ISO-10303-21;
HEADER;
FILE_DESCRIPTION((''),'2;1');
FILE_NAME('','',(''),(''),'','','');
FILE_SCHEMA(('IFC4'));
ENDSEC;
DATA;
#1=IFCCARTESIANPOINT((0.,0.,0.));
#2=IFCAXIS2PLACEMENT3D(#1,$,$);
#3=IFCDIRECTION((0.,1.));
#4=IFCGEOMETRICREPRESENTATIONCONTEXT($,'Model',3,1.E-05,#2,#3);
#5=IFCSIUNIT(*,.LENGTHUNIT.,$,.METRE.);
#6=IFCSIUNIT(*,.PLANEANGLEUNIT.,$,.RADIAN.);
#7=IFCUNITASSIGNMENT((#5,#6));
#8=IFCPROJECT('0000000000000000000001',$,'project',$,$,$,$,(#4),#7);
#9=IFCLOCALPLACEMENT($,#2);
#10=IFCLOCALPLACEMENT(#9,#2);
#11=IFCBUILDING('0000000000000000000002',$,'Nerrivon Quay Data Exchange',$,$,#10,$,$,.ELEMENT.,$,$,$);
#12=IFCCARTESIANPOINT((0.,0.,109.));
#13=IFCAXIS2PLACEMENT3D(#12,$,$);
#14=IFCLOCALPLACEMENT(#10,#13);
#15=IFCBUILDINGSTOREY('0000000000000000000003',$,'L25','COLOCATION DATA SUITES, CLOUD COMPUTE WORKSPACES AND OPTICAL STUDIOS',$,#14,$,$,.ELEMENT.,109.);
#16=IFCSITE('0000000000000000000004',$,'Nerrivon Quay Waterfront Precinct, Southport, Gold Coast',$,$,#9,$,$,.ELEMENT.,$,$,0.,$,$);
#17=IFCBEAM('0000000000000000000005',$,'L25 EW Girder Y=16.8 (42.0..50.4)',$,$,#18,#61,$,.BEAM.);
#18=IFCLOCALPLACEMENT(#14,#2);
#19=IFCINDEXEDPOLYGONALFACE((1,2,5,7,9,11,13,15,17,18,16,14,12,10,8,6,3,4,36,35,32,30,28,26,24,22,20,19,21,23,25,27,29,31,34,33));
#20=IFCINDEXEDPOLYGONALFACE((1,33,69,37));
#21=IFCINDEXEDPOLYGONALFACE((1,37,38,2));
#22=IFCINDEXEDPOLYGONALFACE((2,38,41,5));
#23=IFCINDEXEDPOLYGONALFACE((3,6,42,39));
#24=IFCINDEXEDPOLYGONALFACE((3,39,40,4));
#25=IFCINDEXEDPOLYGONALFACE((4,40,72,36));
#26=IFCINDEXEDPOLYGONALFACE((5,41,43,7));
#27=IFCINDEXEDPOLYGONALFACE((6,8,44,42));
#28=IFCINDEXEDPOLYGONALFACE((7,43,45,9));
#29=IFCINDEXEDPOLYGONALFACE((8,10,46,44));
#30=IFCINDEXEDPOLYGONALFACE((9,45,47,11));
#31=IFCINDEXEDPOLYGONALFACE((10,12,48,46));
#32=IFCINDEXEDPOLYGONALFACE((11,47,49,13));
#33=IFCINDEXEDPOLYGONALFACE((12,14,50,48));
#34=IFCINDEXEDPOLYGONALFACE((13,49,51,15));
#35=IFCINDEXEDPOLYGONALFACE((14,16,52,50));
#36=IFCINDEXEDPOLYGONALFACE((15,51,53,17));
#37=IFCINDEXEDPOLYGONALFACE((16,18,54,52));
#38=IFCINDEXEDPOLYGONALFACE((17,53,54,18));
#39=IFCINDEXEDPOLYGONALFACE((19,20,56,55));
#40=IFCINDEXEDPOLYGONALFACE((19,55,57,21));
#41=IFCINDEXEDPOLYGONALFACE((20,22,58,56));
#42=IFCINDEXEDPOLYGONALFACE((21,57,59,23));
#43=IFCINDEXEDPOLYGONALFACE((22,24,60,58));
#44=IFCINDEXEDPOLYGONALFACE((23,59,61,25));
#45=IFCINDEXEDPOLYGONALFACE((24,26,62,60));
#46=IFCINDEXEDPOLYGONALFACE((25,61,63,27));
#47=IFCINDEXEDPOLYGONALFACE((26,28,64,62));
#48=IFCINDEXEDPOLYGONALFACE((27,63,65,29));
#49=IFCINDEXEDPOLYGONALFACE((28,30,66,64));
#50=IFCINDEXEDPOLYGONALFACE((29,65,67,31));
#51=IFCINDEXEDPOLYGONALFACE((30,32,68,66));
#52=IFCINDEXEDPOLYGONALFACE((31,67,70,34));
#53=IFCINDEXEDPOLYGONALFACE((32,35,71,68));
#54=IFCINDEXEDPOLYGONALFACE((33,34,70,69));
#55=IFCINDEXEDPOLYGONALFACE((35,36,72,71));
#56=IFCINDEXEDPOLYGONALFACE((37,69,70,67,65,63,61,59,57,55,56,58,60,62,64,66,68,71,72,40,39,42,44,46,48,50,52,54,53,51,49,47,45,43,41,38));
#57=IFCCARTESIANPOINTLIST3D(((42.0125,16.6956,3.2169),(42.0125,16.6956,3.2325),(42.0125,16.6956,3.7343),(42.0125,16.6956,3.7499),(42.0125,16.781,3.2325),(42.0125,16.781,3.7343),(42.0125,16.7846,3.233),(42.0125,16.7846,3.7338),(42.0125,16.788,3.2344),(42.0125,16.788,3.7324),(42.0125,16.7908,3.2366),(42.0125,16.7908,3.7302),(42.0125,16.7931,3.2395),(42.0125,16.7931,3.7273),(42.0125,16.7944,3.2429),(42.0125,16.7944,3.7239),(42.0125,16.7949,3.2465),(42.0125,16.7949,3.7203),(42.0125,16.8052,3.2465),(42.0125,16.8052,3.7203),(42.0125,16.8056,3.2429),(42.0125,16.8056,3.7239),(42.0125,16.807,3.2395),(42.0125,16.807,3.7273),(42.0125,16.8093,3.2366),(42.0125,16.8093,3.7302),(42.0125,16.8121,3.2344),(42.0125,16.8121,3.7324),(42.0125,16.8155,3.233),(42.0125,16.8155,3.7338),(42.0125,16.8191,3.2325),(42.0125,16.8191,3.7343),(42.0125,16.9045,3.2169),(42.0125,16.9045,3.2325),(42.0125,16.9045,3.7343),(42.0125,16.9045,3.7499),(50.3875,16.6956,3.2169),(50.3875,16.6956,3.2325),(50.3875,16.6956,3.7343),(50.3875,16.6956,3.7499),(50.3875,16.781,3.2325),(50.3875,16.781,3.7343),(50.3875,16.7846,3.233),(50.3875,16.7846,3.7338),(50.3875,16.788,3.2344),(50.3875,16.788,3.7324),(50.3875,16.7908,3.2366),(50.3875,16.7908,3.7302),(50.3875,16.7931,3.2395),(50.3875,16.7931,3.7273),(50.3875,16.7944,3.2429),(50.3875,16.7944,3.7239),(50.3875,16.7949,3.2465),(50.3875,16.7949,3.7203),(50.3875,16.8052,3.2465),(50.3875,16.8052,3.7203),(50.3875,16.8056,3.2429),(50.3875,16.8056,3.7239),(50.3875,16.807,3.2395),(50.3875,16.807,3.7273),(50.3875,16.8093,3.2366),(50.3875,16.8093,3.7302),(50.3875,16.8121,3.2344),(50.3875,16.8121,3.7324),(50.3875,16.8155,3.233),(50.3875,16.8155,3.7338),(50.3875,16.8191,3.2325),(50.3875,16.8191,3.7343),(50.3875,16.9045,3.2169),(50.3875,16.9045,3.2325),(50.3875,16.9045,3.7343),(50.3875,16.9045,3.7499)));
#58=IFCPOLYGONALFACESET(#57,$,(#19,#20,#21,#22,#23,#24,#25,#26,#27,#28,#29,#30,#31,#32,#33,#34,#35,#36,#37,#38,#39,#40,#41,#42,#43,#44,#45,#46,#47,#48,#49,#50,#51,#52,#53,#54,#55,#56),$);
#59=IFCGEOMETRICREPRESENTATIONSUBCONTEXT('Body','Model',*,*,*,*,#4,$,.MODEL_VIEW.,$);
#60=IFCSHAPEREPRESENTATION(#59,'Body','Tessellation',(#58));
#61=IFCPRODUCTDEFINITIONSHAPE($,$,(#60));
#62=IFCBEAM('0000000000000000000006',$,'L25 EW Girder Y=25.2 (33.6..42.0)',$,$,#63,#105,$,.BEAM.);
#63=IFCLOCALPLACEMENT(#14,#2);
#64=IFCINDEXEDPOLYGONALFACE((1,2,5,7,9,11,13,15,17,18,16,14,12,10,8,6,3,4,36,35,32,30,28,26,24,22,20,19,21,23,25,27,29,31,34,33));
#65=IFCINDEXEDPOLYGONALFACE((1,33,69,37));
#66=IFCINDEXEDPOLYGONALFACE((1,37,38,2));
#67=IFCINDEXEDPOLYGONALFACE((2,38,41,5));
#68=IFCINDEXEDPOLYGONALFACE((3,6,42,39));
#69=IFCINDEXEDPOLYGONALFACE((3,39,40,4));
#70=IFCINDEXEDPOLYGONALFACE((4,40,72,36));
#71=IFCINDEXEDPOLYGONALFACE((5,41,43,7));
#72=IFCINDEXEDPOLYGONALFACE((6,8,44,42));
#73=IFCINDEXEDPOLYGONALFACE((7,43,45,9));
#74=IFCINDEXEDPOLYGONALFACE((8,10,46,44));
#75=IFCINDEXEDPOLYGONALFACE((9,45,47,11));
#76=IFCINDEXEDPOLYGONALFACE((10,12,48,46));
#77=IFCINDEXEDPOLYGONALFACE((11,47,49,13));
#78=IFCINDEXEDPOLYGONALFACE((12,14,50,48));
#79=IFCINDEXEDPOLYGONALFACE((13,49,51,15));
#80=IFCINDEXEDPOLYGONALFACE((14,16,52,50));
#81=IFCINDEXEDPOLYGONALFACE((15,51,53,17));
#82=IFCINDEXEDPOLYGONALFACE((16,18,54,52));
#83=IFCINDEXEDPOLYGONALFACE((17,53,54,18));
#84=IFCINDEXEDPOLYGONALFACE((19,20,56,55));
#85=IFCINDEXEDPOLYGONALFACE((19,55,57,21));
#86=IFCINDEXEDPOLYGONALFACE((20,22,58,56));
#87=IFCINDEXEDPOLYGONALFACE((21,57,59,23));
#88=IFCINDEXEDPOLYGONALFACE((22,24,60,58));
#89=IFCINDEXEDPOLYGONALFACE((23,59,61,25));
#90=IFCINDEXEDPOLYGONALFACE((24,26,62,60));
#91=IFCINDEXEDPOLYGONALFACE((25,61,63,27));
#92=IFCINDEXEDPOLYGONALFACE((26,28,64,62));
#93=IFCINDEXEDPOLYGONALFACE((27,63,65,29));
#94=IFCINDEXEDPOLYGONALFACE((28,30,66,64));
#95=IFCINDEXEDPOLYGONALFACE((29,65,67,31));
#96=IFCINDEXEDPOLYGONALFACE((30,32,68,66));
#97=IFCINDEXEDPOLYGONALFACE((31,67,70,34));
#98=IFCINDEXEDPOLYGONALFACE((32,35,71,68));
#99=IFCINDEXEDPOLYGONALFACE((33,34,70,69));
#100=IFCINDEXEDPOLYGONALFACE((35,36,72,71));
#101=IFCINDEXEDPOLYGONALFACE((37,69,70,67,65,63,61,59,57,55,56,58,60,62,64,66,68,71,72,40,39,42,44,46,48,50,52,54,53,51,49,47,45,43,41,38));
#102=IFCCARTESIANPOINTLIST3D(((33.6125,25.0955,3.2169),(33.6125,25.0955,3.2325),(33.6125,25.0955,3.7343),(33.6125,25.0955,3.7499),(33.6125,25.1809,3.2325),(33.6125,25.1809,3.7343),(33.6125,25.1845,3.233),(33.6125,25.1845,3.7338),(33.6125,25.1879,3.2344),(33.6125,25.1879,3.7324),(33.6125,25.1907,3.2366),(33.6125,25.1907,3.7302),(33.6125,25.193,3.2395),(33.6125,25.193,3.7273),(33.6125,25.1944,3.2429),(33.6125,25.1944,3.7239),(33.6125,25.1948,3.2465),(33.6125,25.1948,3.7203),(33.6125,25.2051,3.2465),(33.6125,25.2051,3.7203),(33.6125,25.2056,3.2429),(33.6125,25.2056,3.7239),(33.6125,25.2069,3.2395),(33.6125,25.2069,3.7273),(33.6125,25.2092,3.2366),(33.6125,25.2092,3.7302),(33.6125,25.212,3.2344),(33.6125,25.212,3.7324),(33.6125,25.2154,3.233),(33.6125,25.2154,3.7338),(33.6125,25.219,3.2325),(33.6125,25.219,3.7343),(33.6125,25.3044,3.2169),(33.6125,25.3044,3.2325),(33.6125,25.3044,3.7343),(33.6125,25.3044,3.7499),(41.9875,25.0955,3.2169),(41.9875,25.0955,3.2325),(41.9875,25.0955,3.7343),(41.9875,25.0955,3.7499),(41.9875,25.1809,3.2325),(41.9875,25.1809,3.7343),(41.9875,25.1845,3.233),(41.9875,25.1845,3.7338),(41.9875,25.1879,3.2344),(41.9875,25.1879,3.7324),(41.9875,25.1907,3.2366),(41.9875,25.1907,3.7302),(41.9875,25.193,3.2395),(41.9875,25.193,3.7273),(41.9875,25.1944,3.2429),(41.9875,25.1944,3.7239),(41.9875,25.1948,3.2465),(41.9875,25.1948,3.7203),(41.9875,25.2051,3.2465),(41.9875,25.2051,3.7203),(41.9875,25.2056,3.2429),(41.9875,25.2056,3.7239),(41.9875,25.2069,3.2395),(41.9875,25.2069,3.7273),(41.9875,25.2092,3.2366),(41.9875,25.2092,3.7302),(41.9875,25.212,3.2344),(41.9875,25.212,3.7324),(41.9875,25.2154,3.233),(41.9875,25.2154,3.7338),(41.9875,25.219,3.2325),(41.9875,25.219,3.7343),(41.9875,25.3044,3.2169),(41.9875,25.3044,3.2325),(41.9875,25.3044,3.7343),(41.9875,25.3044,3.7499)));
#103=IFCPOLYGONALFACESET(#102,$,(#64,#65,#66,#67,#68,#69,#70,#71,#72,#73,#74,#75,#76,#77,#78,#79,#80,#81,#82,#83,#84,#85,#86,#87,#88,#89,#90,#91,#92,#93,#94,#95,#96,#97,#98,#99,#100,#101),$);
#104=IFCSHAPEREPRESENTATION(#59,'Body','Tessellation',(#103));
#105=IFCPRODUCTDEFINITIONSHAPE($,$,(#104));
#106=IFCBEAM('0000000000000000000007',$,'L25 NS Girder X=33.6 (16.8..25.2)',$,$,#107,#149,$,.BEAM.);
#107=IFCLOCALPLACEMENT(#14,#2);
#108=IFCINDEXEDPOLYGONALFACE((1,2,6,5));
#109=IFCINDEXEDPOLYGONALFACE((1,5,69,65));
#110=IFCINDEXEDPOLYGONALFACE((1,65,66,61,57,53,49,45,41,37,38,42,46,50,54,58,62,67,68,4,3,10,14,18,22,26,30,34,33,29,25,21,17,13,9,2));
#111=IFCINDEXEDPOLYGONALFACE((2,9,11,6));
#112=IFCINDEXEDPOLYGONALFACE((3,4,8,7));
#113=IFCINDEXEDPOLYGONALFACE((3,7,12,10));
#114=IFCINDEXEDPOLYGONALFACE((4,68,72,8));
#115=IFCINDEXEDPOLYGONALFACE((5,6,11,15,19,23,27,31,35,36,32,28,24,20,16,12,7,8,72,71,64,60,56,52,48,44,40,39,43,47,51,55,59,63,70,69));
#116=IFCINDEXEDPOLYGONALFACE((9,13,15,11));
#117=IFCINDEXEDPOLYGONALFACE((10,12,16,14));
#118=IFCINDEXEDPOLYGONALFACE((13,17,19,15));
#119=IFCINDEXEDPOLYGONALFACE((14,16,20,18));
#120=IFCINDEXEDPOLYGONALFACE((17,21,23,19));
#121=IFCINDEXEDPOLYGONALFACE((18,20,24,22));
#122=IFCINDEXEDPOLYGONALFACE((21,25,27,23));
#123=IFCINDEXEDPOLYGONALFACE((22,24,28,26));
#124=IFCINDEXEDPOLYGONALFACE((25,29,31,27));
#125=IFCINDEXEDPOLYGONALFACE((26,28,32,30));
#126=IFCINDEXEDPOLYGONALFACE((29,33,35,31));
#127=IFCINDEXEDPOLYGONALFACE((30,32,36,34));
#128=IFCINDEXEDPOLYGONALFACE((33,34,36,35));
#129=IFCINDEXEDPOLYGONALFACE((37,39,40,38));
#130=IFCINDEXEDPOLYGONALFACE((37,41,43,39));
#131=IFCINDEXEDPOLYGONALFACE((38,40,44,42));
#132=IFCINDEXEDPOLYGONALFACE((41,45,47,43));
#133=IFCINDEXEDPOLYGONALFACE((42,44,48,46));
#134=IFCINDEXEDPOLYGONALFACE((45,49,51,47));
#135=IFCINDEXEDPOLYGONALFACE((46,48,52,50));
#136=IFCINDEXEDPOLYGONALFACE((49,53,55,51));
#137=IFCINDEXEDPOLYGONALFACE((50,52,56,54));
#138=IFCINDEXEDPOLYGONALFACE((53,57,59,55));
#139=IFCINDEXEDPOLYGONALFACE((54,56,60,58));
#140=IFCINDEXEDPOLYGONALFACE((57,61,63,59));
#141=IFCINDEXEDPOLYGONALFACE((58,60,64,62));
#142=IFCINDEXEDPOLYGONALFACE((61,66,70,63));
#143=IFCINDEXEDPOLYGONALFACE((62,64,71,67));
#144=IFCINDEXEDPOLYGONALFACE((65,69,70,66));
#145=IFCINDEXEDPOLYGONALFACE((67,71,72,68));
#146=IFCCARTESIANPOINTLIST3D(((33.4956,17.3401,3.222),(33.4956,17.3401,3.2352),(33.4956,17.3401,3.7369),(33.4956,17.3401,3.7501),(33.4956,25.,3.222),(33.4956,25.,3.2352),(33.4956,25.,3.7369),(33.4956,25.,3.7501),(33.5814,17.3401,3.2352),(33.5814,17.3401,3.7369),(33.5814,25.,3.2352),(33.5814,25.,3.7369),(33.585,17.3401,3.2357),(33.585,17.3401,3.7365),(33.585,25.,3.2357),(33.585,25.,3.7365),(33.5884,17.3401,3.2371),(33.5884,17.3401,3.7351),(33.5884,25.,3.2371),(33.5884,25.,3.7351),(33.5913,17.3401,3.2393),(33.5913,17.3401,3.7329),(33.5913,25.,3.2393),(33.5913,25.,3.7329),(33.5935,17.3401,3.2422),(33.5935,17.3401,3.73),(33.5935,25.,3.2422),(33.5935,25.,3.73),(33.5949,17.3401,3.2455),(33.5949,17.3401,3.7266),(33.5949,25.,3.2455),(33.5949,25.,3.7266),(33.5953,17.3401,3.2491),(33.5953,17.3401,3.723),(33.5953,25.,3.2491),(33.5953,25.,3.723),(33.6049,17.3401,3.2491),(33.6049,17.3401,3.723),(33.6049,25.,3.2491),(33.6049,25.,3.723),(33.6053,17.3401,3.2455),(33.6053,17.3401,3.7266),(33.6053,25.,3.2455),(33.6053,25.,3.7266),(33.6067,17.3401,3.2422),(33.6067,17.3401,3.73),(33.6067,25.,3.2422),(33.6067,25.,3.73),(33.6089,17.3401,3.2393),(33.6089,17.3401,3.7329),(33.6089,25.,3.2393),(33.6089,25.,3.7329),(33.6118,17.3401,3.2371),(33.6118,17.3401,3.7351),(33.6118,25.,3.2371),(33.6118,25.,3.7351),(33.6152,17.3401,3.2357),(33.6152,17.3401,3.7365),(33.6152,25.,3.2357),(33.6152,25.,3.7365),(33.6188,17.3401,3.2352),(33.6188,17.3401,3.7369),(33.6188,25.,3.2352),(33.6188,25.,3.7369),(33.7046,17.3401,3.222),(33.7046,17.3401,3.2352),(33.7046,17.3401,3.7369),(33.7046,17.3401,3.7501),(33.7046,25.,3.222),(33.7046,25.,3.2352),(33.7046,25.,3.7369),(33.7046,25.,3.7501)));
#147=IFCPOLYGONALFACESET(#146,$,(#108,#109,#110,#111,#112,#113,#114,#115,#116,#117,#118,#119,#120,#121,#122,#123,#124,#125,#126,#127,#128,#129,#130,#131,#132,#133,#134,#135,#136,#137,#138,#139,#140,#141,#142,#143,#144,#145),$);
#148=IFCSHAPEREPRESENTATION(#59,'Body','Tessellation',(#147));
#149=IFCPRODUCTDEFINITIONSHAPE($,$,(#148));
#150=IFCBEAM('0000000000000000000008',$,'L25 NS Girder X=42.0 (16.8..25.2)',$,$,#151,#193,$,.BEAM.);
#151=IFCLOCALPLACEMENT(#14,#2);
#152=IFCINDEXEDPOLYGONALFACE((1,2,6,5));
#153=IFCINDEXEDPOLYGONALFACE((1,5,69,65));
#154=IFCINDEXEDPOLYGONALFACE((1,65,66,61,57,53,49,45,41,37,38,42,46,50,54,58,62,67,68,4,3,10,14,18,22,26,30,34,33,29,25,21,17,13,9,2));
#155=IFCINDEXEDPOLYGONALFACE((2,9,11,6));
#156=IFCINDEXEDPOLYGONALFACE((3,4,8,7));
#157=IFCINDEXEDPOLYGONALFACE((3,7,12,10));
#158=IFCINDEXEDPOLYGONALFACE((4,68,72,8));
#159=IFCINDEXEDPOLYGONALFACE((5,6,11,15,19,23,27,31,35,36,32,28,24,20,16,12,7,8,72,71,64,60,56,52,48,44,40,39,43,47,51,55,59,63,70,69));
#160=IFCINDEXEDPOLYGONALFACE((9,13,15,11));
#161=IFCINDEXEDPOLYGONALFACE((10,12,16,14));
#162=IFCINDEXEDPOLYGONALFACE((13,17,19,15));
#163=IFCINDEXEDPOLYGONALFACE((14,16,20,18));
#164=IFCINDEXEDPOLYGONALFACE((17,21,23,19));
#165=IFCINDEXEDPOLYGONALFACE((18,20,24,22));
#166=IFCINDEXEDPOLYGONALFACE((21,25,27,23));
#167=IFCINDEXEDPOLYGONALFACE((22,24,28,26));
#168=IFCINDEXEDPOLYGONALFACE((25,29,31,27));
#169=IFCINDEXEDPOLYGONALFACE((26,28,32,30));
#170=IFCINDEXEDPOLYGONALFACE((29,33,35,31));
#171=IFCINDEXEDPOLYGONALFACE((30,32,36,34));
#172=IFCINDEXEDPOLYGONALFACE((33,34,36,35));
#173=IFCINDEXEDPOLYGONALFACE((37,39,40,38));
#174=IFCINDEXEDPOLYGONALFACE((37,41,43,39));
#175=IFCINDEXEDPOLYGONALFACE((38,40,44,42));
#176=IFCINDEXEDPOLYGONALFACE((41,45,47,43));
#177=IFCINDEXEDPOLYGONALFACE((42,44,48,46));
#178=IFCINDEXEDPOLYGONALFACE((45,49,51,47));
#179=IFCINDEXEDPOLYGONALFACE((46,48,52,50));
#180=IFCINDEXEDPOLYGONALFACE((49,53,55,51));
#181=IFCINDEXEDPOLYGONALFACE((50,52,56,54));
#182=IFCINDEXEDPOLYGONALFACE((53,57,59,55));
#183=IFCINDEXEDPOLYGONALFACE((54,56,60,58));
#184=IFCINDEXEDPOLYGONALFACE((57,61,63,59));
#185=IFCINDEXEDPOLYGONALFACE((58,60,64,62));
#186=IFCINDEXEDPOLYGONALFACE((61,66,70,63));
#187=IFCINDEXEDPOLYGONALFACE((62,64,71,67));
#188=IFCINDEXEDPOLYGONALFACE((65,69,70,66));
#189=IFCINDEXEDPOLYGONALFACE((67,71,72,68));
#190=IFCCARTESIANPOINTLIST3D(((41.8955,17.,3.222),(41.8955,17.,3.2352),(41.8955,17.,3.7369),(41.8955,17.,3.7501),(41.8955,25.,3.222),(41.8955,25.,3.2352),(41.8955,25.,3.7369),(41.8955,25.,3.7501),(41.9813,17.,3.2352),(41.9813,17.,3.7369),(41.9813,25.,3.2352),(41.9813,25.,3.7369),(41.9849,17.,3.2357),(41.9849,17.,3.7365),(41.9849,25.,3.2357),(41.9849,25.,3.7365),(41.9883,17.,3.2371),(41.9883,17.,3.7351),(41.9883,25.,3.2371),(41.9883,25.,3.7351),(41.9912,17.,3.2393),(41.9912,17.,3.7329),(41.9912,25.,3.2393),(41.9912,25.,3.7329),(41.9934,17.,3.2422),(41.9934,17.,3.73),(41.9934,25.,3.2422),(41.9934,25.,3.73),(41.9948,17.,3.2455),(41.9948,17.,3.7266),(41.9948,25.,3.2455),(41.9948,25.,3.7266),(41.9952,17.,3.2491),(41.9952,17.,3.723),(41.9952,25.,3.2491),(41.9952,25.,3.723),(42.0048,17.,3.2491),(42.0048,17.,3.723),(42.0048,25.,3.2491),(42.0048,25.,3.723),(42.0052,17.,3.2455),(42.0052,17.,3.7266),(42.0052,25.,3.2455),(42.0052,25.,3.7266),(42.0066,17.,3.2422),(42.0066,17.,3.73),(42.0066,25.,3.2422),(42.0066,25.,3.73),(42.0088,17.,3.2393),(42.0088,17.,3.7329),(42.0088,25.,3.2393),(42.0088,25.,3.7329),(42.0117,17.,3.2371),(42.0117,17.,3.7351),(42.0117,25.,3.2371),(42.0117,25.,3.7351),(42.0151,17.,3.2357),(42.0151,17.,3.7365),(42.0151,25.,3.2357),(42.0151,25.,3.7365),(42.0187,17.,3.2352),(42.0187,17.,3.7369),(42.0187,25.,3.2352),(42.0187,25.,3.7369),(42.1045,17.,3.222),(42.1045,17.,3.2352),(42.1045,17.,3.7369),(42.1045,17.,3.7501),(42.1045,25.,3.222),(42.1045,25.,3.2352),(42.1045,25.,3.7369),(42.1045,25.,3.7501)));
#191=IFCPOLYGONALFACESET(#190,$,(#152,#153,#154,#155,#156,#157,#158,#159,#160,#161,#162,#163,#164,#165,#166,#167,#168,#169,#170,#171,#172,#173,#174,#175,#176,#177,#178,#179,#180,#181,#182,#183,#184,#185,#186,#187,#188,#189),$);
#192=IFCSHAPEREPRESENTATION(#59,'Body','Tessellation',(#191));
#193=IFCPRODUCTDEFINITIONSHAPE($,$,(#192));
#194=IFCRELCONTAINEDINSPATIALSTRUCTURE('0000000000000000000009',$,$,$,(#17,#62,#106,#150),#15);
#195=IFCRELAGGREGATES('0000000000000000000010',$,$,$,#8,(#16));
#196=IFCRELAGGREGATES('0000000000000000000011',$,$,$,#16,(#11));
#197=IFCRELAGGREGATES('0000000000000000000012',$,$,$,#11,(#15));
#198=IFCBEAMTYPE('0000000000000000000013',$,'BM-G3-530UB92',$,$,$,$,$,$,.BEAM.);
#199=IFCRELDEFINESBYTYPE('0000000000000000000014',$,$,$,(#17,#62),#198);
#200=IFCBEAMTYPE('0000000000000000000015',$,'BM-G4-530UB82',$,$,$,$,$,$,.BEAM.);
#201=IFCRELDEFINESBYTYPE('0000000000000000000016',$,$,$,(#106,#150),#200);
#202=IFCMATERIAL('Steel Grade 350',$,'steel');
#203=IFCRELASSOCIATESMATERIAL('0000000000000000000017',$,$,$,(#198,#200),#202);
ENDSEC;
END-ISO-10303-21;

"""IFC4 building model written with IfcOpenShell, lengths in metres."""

from ifc_helpers import new_model, si_unit, direction, frame, origin, origin_2d, place, context, subcontext, project, spatial, i_section, extrude, material, material_profile, profile_set, type_object, element, save


model = new_model("IFC4")

# Units and contexts
model_context = context("Model", 3, precision=1e-05, world=origin(), true_north=direction((0.0, 1.0)))
body_context = subcontext(model_context, "Body", "Model", "MODEL_VIEW")
ifc_project = project(units=[si_unit("LENGTHUNIT", "METRE"), si_unit("PLANEANGLEUNIT", "RADIAN")], contexts=[model_context])

# Site, building, storey
site_placement = place(None, origin())
site = spatial("IfcSite", under=ifc_project, at=site_placement, Name="Nerrivon Quay Waterfront Precinct, Southport, Gold Coast", CompositionType="ELEMENT", RefElevation=0.0)
building_placement = place(site_placement, origin())
building = spatial("IfcBuilding", under=site, at=building_placement, Name="Nerrivon Quay Data Exchange", CompositionType="ELEMENT")
storey_placement = place(building_placement, frame((0.0, 0.0, 109.0)))
storey = spatial("IfcBuildingStorey", under=building, at=storey_placement, Name="L25", Description="COLOCATION DATA SUITES, CLOUD COMPUTE WORKSPACES AND OPTICAL STUDIOS", CompositionType="ELEMENT", Elevation=109.0)

# Shared definitions
ifc_material_1 = material(Name="Steel Grade 350", Category="steel")

# Beams
ifc_material_profile_1 = material_profile(ifc_material_1, i_section(OverallWidth=0.209, OverallDepth=0.533, WebThickness=0.0103, FlangeThickness=0.0156, FilletRadius=0.0139, at=origin_2d()), Name="530UB92.4")
ifc_profile_set_1 = profile_set([ifc_material_profile_1], Name="Steel Grade 350")
beam_type_1 = type_object("IfcBeamType", Name="BM-G3-530UB92", PredefinedType="BEAM", material=ifc_profile_set_1)
for number, where, z_axis, x_axis, name in (
    (1, (42.0125, 16.8, 3.4834), (1.0, 0.0, 0.0), (0.0, 1.0, 0.0), "L25 EW Girder Y=16.8 (42.0..50.4)"),
    (2, (33.6125, 25.2, 3.4834), (1.0, 0.0, 0.0), (0.0, 1.0, 0.0), "L25 EW Girder Y=25.2 (33.6..42.0)"),
):
    element("IfcBeam", number, at=place(storey_placement, frame(where, z_axis=z_axis, x_axis=x_axis)), inside=storey, type_object=beam_type_1, Name=name, PredefinedType="BEAM", context=body_context, shape_type="SweptSolid", body=[
        extrude(i_section(OverallWidth=0.209, OverallDepth=0.533, WebThickness=0.0103, FlangeThickness=0.0156, FilletRadius=0.0139, at=origin_2d()), origin(), (0.0, 0.0, 1.0), 8.375),
    ])
ifc_material_profile_2 = material_profile(ifc_material_1, i_section(OverallWidth=0.209, OverallDepth=0.5281, WebThickness=0.0095, FlangeThickness=0.0132, FilletRadius=0.0139, at=origin_2d()), Name="530UB82.0")
ifc_profile_set_2 = profile_set([ifc_material_profile_2], Name="Steel Grade 350")
beam_type_2 = type_object("IfcBeamType", Name="BM-G4-530UB82", PredefinedType="BEAM", material=ifc_profile_set_2)
beam_1_placement = place(storey_placement, frame((33.6001, 17.3401, 3.4861), z_axis=(0.0, 1.0, 0.0), x_axis=(-1.0, 0.0, 0.0)))
element("IfcBeam", 3, at=beam_1_placement, inside=storey, type_object=beam_type_2, Name="L25 NS Girder X=33.6 (16.8..25.2)", PredefinedType="BEAM", context=body_context, shape_type="SweptSolid", body=[
    extrude(i_section(OverallWidth=0.209, OverallDepth=0.5281, WebThickness=0.0095, FlangeThickness=0.0132, FilletRadius=0.0139, at=origin_2d()), origin(), (0.0, 0.0, 1.0), 7.6599),
])
beam_2_placement = place(storey_placement, frame((42.0, 17.0, 3.4861), z_axis=(0.0, 1.0, 0.0), x_axis=(-1.0, 0.0, 0.0)))
element("IfcBeam", 4, at=beam_2_placement, inside=storey, type_object=beam_type_2, Name="L25 NS Girder X=42.0 (16.8..25.2)", PredefinedType="BEAM", context=body_context, shape_type="SweptSolid", body=[
    extrude(i_section(OverallWidth=0.209, OverallDepth=0.5281, WebThickness=0.0095, FlangeThickness=0.0132, FilletRadius=0.0139, at=origin_2d()), origin(), (0.0, 0.0, 1.0), 8.0),
])

save(model, "model.ifc")
